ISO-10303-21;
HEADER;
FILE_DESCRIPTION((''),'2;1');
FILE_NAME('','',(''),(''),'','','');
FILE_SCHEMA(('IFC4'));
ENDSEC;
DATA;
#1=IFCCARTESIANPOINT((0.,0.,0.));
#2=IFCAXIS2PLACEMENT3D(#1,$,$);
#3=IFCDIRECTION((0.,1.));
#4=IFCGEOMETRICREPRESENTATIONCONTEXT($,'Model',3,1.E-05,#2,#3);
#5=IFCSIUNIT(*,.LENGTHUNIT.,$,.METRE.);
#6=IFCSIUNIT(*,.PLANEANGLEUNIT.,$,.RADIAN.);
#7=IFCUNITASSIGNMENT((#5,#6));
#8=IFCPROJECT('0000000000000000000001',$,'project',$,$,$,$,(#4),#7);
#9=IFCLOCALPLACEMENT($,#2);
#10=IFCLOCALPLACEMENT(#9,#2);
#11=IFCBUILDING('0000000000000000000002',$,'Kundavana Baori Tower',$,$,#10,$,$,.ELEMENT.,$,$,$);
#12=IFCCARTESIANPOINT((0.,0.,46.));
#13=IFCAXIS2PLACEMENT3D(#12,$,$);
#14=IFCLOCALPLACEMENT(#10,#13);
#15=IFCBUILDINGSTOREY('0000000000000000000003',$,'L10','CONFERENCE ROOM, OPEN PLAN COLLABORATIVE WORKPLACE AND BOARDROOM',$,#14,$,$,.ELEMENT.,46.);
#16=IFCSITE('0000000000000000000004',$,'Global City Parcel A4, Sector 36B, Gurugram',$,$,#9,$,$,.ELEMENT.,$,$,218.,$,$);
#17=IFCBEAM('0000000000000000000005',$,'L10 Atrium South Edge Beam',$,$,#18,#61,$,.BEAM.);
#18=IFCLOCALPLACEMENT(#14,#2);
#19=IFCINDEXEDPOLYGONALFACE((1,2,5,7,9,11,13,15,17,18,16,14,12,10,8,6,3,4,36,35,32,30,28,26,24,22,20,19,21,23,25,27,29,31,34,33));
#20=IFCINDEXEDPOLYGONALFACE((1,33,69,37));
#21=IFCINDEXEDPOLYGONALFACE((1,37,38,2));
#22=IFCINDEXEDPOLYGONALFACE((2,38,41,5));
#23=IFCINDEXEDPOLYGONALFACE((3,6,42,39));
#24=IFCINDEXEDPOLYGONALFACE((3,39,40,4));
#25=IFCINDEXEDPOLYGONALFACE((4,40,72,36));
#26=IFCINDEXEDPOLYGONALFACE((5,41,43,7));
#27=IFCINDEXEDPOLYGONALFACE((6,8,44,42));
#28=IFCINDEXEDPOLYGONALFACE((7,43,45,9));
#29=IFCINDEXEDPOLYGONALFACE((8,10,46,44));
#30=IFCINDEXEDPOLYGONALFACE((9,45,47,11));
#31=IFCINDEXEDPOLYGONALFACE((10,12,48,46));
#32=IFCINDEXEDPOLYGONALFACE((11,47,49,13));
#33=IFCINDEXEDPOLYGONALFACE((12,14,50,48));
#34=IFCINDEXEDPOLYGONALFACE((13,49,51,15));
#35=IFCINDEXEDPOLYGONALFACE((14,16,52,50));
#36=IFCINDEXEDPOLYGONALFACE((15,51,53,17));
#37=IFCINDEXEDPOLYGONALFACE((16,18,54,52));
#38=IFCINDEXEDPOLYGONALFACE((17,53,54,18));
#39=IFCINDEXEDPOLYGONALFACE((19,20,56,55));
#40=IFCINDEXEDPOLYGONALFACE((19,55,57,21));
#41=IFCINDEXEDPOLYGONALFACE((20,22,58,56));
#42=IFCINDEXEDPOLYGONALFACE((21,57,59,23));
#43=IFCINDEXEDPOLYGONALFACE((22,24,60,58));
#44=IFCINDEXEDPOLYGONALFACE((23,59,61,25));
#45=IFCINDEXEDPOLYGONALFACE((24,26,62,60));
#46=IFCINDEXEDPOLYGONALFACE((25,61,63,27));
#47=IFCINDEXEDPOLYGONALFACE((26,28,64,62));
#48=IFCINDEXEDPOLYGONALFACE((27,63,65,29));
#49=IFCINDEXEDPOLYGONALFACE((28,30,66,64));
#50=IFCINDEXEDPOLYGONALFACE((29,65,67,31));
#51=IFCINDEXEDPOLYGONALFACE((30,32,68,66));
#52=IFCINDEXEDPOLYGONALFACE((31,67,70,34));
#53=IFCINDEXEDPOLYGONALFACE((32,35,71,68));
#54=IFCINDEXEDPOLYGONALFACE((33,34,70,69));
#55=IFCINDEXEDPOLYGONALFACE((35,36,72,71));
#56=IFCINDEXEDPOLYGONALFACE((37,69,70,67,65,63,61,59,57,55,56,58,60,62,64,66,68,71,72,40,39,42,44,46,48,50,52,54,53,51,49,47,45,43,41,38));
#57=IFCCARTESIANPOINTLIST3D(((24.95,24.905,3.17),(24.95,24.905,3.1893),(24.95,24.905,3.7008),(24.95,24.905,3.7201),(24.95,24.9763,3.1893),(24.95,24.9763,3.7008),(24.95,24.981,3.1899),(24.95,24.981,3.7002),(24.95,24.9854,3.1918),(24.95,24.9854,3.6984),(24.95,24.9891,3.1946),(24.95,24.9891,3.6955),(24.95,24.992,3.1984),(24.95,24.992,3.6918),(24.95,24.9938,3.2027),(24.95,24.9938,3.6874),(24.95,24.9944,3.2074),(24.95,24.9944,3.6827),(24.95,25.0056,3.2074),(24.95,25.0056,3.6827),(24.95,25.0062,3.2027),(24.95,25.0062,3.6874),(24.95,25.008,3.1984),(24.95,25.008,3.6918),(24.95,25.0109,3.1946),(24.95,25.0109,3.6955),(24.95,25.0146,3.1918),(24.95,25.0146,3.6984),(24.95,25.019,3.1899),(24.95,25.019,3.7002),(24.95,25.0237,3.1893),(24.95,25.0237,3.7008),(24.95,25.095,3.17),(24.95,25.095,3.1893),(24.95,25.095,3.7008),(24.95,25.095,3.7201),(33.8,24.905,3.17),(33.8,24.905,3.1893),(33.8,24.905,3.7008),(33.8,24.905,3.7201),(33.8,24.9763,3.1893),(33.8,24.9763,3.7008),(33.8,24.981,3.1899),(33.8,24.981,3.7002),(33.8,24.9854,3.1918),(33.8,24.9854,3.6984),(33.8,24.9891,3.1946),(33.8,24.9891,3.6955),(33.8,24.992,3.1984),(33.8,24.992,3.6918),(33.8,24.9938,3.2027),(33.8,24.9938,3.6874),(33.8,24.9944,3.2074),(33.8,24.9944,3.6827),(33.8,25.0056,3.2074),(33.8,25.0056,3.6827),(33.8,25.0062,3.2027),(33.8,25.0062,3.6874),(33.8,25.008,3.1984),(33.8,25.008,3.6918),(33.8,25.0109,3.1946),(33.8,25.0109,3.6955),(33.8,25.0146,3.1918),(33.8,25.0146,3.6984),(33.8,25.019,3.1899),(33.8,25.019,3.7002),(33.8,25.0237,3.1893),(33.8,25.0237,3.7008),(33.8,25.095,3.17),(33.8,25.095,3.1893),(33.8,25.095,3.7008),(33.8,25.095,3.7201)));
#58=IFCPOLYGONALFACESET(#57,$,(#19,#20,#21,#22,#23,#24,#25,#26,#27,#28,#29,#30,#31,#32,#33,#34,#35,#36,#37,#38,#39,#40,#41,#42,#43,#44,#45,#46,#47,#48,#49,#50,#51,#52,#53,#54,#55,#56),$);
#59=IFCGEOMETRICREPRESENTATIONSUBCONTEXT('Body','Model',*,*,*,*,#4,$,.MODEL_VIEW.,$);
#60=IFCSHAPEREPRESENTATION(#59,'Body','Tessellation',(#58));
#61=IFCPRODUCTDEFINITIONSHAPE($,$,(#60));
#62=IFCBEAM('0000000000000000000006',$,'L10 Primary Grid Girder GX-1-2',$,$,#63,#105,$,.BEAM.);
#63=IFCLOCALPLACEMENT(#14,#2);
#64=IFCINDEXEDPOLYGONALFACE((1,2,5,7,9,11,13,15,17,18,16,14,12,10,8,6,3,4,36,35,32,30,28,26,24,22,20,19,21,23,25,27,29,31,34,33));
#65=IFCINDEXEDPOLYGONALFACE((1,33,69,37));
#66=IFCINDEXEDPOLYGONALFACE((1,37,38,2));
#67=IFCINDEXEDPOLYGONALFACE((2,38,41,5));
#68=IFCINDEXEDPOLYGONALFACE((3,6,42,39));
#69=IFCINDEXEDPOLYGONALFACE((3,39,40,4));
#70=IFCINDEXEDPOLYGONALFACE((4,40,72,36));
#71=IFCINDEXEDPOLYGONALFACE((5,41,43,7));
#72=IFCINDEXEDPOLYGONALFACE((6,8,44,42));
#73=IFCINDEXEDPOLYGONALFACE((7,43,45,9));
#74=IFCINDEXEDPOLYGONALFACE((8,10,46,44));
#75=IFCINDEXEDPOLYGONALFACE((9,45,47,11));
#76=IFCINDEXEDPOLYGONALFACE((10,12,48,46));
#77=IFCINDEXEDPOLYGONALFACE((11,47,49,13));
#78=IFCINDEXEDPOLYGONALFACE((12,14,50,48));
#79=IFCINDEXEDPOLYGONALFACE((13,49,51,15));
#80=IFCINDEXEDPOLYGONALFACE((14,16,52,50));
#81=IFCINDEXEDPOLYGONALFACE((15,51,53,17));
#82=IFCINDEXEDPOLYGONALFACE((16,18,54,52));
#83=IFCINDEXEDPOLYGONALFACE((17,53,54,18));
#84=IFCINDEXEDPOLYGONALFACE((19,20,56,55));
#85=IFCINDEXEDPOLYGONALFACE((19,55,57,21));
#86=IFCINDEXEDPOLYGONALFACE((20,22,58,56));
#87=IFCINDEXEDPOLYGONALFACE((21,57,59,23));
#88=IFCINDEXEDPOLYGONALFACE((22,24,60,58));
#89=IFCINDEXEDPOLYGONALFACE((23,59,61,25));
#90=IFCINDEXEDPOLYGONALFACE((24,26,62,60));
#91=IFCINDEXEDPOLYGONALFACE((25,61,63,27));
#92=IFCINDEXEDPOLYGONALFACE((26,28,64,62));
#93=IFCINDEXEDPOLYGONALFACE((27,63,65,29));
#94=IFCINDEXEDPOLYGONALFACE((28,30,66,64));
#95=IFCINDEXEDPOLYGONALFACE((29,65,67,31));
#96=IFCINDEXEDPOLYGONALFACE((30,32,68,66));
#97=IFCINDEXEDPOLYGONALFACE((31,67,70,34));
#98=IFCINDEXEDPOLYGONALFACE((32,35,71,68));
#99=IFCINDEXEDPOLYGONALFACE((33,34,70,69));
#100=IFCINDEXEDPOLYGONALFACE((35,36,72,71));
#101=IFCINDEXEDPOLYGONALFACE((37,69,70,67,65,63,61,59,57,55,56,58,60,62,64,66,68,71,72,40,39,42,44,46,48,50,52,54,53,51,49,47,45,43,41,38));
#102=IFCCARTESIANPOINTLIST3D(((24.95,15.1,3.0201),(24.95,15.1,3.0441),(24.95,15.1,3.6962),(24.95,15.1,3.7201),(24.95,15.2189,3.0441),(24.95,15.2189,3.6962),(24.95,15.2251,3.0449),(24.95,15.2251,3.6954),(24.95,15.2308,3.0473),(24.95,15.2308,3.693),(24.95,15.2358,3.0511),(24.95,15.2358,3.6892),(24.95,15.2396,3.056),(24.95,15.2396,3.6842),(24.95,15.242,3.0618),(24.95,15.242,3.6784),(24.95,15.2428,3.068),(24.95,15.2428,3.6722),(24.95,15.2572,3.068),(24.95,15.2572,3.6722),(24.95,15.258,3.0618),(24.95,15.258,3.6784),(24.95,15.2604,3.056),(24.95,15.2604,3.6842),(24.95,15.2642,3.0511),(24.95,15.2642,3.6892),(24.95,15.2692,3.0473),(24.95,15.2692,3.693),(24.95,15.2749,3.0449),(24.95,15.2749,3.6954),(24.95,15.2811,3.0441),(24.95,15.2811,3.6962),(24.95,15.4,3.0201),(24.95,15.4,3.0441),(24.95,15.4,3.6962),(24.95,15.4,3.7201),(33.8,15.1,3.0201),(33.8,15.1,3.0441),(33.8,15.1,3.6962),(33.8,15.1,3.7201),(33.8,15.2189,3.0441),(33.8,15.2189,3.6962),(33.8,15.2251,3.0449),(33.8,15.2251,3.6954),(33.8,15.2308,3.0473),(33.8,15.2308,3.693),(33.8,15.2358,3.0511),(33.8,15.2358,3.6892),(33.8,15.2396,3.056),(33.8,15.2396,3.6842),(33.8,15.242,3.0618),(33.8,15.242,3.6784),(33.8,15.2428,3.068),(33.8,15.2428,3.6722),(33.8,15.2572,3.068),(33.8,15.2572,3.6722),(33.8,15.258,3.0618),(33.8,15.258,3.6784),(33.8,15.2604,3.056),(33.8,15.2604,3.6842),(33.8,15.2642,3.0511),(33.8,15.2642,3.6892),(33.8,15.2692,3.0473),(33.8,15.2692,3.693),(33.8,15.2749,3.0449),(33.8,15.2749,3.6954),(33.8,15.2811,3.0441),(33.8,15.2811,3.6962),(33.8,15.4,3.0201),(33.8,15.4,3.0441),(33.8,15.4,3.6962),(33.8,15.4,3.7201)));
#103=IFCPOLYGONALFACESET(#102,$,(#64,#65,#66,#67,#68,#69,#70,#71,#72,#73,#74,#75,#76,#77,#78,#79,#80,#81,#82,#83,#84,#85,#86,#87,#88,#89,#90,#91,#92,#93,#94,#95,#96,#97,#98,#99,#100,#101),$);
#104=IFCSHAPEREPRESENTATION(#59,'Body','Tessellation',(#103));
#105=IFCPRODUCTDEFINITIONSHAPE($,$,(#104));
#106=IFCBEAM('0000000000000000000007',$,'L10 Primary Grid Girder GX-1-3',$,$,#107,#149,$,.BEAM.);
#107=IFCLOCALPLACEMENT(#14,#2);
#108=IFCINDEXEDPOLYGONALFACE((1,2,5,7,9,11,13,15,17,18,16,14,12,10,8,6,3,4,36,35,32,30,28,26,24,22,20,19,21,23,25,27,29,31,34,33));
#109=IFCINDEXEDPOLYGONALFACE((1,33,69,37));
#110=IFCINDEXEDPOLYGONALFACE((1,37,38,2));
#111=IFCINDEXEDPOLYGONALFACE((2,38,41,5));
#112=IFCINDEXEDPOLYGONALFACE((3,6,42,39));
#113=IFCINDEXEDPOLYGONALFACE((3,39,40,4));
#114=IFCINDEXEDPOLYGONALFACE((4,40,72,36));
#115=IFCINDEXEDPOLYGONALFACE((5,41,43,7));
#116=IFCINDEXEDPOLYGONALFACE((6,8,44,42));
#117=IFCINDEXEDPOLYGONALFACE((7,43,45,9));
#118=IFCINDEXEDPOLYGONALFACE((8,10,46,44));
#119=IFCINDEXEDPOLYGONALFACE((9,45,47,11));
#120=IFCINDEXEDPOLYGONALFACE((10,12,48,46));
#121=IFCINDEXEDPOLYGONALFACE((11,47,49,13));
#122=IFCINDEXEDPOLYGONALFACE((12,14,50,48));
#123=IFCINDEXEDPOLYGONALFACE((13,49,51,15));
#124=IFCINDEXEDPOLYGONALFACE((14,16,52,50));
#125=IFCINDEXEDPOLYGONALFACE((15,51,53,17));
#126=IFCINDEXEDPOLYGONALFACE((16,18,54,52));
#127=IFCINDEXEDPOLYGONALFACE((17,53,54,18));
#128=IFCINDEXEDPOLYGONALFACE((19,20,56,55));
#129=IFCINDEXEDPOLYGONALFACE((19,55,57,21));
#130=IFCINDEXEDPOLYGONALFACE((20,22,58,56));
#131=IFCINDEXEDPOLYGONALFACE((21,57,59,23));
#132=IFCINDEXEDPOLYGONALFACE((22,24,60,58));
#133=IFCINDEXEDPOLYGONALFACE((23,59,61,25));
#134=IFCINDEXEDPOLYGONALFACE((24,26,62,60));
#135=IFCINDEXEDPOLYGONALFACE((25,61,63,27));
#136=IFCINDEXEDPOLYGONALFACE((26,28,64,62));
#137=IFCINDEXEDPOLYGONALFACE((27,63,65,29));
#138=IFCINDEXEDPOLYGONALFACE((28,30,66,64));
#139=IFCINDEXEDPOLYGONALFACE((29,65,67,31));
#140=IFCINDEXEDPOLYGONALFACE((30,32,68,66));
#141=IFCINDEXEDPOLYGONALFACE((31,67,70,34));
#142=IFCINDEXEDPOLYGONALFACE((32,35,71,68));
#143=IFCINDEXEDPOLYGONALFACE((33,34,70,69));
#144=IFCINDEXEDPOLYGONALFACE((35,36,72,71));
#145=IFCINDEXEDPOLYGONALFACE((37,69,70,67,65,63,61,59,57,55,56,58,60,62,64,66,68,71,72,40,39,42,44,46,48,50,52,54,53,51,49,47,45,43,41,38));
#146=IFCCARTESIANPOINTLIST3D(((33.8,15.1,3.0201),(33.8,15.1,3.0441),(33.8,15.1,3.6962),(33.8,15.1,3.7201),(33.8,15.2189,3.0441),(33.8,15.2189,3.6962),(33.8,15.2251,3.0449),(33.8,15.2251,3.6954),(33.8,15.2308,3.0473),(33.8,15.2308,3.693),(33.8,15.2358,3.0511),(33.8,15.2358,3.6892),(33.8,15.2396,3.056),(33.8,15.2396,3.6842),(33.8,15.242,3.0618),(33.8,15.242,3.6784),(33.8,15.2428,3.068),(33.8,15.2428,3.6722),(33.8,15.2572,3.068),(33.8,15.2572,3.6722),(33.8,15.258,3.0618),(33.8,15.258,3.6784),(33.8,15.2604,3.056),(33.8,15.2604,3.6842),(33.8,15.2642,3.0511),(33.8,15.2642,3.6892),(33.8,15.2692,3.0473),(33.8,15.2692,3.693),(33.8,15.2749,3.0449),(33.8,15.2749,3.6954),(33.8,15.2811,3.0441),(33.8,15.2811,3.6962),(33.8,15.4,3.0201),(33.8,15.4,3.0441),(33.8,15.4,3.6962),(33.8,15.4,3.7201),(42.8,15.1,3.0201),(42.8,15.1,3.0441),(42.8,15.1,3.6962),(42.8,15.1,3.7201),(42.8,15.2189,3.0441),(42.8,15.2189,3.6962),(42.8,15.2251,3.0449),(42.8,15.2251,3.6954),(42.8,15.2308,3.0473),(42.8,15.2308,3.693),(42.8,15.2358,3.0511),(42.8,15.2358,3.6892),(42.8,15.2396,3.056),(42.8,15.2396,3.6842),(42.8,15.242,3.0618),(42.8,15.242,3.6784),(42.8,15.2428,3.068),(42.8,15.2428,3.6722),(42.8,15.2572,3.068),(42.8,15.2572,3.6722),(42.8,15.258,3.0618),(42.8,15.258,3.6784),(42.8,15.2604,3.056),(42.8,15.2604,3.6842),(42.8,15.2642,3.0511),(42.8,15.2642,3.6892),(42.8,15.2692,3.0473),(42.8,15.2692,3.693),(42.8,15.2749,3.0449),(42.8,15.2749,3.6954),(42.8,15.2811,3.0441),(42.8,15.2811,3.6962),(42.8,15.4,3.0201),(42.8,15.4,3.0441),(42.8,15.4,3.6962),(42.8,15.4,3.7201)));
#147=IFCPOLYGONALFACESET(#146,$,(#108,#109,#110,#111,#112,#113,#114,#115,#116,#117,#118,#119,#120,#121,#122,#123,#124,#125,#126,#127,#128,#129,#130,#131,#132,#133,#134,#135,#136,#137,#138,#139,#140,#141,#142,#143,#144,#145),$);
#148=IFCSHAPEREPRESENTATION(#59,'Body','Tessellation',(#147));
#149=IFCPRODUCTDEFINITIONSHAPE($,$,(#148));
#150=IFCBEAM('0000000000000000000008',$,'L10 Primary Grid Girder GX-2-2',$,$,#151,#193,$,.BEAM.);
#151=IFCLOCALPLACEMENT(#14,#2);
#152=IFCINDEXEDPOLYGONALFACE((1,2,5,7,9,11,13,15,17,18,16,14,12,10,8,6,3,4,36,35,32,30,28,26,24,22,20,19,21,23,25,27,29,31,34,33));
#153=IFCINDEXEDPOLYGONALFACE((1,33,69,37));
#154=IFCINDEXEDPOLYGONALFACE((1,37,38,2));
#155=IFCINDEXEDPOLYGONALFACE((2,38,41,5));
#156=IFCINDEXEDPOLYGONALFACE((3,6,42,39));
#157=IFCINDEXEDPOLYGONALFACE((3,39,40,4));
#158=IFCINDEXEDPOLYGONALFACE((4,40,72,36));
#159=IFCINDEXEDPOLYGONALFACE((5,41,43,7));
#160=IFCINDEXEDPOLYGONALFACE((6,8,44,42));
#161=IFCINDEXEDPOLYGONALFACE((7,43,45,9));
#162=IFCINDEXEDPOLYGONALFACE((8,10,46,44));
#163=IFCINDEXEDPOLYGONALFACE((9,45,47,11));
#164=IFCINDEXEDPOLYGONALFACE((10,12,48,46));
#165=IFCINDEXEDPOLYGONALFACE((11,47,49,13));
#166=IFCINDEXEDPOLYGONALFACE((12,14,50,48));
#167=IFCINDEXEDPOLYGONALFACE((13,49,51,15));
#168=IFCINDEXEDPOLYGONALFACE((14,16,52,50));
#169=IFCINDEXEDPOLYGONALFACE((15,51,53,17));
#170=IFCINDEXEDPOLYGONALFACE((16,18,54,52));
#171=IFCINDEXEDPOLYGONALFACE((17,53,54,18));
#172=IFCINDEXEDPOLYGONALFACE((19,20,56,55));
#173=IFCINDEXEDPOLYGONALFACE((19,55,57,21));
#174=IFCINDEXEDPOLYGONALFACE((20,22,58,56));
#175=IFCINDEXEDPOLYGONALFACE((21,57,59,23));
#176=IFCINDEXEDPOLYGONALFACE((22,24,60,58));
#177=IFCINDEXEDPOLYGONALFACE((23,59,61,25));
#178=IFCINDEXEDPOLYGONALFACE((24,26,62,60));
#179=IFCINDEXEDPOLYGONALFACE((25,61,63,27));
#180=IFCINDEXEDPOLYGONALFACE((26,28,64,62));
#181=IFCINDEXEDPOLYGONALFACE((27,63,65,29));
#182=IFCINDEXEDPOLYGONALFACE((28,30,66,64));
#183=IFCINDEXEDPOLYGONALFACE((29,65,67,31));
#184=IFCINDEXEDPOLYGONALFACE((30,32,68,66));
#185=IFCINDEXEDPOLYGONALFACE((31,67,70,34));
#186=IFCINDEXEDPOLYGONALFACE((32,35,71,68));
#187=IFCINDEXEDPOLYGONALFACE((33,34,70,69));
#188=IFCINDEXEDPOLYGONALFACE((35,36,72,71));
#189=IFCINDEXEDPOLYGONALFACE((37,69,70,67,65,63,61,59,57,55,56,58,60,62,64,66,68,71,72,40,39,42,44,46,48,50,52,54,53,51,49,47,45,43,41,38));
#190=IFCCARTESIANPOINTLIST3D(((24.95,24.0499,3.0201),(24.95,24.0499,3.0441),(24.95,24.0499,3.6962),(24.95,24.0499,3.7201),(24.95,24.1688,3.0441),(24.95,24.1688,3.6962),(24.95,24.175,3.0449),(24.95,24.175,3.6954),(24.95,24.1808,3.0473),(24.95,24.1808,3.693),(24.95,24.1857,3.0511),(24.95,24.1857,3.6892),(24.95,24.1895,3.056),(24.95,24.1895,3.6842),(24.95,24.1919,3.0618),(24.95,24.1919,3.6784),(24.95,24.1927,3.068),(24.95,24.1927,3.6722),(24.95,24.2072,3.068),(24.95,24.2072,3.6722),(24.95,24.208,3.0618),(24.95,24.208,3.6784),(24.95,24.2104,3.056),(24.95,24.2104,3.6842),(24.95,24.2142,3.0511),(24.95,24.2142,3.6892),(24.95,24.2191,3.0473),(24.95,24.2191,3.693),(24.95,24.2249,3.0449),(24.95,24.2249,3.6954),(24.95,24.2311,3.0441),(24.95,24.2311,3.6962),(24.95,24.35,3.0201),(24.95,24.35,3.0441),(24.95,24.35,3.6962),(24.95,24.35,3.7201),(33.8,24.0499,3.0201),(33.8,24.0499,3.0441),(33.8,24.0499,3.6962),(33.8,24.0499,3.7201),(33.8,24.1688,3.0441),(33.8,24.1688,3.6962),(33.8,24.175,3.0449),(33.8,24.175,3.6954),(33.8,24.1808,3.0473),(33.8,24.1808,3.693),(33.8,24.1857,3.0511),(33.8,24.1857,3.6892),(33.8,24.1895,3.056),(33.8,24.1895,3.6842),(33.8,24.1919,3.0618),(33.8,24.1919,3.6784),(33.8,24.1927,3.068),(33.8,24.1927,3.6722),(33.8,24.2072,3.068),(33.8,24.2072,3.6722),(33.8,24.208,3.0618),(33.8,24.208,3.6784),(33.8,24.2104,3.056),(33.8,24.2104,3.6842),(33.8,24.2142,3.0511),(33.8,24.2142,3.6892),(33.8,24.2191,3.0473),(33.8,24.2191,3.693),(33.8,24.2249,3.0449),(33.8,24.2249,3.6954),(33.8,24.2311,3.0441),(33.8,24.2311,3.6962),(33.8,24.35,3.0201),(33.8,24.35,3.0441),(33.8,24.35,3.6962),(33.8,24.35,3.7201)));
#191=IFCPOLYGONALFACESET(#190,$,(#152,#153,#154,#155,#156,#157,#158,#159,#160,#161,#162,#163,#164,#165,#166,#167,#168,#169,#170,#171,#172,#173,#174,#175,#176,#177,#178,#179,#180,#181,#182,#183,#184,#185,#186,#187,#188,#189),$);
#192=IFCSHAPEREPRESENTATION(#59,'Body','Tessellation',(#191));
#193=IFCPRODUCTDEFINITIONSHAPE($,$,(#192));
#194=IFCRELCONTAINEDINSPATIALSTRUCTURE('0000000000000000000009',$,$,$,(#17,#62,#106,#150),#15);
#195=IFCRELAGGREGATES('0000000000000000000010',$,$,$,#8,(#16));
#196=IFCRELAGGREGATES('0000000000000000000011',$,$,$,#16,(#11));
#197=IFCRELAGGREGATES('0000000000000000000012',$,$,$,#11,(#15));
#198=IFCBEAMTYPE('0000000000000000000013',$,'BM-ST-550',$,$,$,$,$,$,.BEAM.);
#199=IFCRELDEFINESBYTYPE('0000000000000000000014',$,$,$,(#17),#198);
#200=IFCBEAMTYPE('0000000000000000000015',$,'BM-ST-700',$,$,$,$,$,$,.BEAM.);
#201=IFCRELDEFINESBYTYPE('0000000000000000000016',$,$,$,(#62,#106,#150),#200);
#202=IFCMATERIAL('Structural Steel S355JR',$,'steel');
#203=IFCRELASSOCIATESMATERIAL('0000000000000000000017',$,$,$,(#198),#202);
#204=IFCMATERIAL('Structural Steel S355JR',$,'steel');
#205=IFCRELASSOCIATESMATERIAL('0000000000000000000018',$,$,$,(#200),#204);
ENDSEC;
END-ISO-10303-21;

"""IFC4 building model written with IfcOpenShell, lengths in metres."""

from ifc_helpers import new_model, si_unit, direction, frame, origin, origin_2d, place, context, subcontext, project, spatial, i_section, extrude, material, material_profile, profile_set, type_object, element, save


model = new_model("IFC4")

# Units and contexts
model_context = context("Model", 3, precision=1e-05, world=origin(), true_north=direction((0.0, 1.0)))
body_context = subcontext(model_context, "Body", "Model", "MODEL_VIEW")
ifc_project = project(units=[si_unit("LENGTHUNIT", "METRE"), si_unit("PLANEANGLEUNIT", "RADIAN")], contexts=[model_context])

# Site, building, storey
site_placement = place(None, origin())
site = spatial("IfcSite", under=ifc_project, at=site_placement, Name="Global City Parcel A4, Sector 36B, Gurugram", CompositionType="ELEMENT", RefElevation=218.0)
building_placement = place(site_placement, origin())
building = spatial("IfcBuilding", under=site, at=building_placement, Name="Kundavana Baori Tower", CompositionType="ELEMENT")
storey_placement = place(building_placement, frame((0.0, 0.0, 46.0)))
storey = spatial("IfcBuildingStorey", under=building, at=storey_placement, Name="L10", Description="CONFERENCE ROOM, OPEN PLAN COLLABORATIVE WORKPLACE AND BOARDROOM", CompositionType="ELEMENT", Elevation=46.0)

# Beams
ifc_material_1 = material(Name="Structural Steel S355JR", Category="steel")
ifc_material_profile_1 = material_profile(ifc_material_1, i_section(OverallWidth=0.1899, OverallDepth=0.55, WebThickness=0.0112, FlangeThickness=0.0193, FilletRadius=0.0181, at=origin_2d()), Name="ISMB 550")
ifc_profile_set_1 = profile_set([ifc_material_profile_1], Name="Structural Steel S355JR")
beam_type_1 = type_object("IfcBeamType", Name="BM-ST-550", PredefinedType="BEAM", material=ifc_profile_set_1)
beam_1_placement = place(storey_placement, frame((24.95, 25.0, 3.4451), z_axis=(1.0, 0.0, 0.0), x_axis=(0.0, 1.0, 0.0)))
element("IfcBeam", 1, at=beam_1_placement, inside=storey, type_object=beam_type_1, Name="L10 Atrium South Edge Beam", PredefinedType="BEAM", context=body_context, shape_type="SweptSolid", body=[
    extrude(i_section(OverallWidth=0.1899, OverallDepth=0.55, WebThickness=0.0112, FlangeThickness=0.0193, FilletRadius=0.0181, at=origin_2d()), origin(), (0.0, 0.0, 1.0), 8.8501),
])
ifc_material_2 = material(Name="Structural Steel S355JR", Category="steel")
ifc_material_profile_2 = material_profile(ifc_material_2, i_section(OverallWidth=0.3, OverallDepth=0.7, WebThickness=0.0144, FlangeThickness=0.0239, FilletRadius=0.0239, at=origin_2d()), Name="NPB 700x300x170")
ifc_profile_set_2 = profile_set([ifc_material_profile_2], Name="Structural Steel S355JR")
beam_type_2 = type_object("IfcBeamType", Name="BM-ST-700", PredefinedType="BEAM", material=ifc_profile_set_2)
beam_2_placement = place(storey_placement, frame((24.95, 15.25, 3.3701), z_axis=(1.0, 0.0, 0.0), x_axis=(0.0, 1.0, 0.0)))
element("IfcBeam", 2, at=beam_2_placement, inside=storey, type_object=beam_type_2, Name="L10 Primary Grid Girder GX-1-2", PredefinedType="BEAM", context=body_context, shape_type="SweptSolid", body=[
    extrude(i_section(OverallWidth=0.3, OverallDepth=0.7, WebThickness=0.0144, FlangeThickness=0.0239, FilletRadius=0.0239, at=origin_2d()), origin(), (0.0, 0.0, 1.0), 8.8501),
])
beam_3_placement = place(storey_placement, frame((33.8, 15.25, 3.3701), z_axis=(1.0, 0.0, 0.0), x_axis=(0.0, 1.0, 0.0)))
element("IfcBeam", 3, at=beam_3_placement, inside=storey, type_object=beam_type_2, Name="L10 Primary Grid Girder GX-1-3", PredefinedType="BEAM", context=body_context, shape_type="SweptSolid", body=[
    extrude(i_section(OverallWidth=0.3, OverallDepth=0.7, WebThickness=0.0144, FlangeThickness=0.0239, FilletRadius=0.0239, at=origin_2d()), origin(), (0.0, 0.0, 1.0), 9.0),
])
beam_4_placement = place(storey_placement, frame((24.95, 24.2, 3.3701), z_axis=(1.0, 0.0, 0.0), x_axis=(0.0, 1.0, 0.0)))
element("IfcBeam", 4, at=beam_4_placement, inside=storey, type_object=beam_type_2, Name="L10 Primary Grid Girder GX-2-2", PredefinedType="BEAM", context=body_context, shape_type="SweptSolid", body=[
    extrude(i_section(OverallWidth=0.3, OverallDepth=0.7, WebThickness=0.0144, FlangeThickness=0.0239, FilletRadius=0.0239, at=origin_2d()), origin(), (0.0, 0.0, 1.0), 8.8501),
])

save(model, "model.ifc")
